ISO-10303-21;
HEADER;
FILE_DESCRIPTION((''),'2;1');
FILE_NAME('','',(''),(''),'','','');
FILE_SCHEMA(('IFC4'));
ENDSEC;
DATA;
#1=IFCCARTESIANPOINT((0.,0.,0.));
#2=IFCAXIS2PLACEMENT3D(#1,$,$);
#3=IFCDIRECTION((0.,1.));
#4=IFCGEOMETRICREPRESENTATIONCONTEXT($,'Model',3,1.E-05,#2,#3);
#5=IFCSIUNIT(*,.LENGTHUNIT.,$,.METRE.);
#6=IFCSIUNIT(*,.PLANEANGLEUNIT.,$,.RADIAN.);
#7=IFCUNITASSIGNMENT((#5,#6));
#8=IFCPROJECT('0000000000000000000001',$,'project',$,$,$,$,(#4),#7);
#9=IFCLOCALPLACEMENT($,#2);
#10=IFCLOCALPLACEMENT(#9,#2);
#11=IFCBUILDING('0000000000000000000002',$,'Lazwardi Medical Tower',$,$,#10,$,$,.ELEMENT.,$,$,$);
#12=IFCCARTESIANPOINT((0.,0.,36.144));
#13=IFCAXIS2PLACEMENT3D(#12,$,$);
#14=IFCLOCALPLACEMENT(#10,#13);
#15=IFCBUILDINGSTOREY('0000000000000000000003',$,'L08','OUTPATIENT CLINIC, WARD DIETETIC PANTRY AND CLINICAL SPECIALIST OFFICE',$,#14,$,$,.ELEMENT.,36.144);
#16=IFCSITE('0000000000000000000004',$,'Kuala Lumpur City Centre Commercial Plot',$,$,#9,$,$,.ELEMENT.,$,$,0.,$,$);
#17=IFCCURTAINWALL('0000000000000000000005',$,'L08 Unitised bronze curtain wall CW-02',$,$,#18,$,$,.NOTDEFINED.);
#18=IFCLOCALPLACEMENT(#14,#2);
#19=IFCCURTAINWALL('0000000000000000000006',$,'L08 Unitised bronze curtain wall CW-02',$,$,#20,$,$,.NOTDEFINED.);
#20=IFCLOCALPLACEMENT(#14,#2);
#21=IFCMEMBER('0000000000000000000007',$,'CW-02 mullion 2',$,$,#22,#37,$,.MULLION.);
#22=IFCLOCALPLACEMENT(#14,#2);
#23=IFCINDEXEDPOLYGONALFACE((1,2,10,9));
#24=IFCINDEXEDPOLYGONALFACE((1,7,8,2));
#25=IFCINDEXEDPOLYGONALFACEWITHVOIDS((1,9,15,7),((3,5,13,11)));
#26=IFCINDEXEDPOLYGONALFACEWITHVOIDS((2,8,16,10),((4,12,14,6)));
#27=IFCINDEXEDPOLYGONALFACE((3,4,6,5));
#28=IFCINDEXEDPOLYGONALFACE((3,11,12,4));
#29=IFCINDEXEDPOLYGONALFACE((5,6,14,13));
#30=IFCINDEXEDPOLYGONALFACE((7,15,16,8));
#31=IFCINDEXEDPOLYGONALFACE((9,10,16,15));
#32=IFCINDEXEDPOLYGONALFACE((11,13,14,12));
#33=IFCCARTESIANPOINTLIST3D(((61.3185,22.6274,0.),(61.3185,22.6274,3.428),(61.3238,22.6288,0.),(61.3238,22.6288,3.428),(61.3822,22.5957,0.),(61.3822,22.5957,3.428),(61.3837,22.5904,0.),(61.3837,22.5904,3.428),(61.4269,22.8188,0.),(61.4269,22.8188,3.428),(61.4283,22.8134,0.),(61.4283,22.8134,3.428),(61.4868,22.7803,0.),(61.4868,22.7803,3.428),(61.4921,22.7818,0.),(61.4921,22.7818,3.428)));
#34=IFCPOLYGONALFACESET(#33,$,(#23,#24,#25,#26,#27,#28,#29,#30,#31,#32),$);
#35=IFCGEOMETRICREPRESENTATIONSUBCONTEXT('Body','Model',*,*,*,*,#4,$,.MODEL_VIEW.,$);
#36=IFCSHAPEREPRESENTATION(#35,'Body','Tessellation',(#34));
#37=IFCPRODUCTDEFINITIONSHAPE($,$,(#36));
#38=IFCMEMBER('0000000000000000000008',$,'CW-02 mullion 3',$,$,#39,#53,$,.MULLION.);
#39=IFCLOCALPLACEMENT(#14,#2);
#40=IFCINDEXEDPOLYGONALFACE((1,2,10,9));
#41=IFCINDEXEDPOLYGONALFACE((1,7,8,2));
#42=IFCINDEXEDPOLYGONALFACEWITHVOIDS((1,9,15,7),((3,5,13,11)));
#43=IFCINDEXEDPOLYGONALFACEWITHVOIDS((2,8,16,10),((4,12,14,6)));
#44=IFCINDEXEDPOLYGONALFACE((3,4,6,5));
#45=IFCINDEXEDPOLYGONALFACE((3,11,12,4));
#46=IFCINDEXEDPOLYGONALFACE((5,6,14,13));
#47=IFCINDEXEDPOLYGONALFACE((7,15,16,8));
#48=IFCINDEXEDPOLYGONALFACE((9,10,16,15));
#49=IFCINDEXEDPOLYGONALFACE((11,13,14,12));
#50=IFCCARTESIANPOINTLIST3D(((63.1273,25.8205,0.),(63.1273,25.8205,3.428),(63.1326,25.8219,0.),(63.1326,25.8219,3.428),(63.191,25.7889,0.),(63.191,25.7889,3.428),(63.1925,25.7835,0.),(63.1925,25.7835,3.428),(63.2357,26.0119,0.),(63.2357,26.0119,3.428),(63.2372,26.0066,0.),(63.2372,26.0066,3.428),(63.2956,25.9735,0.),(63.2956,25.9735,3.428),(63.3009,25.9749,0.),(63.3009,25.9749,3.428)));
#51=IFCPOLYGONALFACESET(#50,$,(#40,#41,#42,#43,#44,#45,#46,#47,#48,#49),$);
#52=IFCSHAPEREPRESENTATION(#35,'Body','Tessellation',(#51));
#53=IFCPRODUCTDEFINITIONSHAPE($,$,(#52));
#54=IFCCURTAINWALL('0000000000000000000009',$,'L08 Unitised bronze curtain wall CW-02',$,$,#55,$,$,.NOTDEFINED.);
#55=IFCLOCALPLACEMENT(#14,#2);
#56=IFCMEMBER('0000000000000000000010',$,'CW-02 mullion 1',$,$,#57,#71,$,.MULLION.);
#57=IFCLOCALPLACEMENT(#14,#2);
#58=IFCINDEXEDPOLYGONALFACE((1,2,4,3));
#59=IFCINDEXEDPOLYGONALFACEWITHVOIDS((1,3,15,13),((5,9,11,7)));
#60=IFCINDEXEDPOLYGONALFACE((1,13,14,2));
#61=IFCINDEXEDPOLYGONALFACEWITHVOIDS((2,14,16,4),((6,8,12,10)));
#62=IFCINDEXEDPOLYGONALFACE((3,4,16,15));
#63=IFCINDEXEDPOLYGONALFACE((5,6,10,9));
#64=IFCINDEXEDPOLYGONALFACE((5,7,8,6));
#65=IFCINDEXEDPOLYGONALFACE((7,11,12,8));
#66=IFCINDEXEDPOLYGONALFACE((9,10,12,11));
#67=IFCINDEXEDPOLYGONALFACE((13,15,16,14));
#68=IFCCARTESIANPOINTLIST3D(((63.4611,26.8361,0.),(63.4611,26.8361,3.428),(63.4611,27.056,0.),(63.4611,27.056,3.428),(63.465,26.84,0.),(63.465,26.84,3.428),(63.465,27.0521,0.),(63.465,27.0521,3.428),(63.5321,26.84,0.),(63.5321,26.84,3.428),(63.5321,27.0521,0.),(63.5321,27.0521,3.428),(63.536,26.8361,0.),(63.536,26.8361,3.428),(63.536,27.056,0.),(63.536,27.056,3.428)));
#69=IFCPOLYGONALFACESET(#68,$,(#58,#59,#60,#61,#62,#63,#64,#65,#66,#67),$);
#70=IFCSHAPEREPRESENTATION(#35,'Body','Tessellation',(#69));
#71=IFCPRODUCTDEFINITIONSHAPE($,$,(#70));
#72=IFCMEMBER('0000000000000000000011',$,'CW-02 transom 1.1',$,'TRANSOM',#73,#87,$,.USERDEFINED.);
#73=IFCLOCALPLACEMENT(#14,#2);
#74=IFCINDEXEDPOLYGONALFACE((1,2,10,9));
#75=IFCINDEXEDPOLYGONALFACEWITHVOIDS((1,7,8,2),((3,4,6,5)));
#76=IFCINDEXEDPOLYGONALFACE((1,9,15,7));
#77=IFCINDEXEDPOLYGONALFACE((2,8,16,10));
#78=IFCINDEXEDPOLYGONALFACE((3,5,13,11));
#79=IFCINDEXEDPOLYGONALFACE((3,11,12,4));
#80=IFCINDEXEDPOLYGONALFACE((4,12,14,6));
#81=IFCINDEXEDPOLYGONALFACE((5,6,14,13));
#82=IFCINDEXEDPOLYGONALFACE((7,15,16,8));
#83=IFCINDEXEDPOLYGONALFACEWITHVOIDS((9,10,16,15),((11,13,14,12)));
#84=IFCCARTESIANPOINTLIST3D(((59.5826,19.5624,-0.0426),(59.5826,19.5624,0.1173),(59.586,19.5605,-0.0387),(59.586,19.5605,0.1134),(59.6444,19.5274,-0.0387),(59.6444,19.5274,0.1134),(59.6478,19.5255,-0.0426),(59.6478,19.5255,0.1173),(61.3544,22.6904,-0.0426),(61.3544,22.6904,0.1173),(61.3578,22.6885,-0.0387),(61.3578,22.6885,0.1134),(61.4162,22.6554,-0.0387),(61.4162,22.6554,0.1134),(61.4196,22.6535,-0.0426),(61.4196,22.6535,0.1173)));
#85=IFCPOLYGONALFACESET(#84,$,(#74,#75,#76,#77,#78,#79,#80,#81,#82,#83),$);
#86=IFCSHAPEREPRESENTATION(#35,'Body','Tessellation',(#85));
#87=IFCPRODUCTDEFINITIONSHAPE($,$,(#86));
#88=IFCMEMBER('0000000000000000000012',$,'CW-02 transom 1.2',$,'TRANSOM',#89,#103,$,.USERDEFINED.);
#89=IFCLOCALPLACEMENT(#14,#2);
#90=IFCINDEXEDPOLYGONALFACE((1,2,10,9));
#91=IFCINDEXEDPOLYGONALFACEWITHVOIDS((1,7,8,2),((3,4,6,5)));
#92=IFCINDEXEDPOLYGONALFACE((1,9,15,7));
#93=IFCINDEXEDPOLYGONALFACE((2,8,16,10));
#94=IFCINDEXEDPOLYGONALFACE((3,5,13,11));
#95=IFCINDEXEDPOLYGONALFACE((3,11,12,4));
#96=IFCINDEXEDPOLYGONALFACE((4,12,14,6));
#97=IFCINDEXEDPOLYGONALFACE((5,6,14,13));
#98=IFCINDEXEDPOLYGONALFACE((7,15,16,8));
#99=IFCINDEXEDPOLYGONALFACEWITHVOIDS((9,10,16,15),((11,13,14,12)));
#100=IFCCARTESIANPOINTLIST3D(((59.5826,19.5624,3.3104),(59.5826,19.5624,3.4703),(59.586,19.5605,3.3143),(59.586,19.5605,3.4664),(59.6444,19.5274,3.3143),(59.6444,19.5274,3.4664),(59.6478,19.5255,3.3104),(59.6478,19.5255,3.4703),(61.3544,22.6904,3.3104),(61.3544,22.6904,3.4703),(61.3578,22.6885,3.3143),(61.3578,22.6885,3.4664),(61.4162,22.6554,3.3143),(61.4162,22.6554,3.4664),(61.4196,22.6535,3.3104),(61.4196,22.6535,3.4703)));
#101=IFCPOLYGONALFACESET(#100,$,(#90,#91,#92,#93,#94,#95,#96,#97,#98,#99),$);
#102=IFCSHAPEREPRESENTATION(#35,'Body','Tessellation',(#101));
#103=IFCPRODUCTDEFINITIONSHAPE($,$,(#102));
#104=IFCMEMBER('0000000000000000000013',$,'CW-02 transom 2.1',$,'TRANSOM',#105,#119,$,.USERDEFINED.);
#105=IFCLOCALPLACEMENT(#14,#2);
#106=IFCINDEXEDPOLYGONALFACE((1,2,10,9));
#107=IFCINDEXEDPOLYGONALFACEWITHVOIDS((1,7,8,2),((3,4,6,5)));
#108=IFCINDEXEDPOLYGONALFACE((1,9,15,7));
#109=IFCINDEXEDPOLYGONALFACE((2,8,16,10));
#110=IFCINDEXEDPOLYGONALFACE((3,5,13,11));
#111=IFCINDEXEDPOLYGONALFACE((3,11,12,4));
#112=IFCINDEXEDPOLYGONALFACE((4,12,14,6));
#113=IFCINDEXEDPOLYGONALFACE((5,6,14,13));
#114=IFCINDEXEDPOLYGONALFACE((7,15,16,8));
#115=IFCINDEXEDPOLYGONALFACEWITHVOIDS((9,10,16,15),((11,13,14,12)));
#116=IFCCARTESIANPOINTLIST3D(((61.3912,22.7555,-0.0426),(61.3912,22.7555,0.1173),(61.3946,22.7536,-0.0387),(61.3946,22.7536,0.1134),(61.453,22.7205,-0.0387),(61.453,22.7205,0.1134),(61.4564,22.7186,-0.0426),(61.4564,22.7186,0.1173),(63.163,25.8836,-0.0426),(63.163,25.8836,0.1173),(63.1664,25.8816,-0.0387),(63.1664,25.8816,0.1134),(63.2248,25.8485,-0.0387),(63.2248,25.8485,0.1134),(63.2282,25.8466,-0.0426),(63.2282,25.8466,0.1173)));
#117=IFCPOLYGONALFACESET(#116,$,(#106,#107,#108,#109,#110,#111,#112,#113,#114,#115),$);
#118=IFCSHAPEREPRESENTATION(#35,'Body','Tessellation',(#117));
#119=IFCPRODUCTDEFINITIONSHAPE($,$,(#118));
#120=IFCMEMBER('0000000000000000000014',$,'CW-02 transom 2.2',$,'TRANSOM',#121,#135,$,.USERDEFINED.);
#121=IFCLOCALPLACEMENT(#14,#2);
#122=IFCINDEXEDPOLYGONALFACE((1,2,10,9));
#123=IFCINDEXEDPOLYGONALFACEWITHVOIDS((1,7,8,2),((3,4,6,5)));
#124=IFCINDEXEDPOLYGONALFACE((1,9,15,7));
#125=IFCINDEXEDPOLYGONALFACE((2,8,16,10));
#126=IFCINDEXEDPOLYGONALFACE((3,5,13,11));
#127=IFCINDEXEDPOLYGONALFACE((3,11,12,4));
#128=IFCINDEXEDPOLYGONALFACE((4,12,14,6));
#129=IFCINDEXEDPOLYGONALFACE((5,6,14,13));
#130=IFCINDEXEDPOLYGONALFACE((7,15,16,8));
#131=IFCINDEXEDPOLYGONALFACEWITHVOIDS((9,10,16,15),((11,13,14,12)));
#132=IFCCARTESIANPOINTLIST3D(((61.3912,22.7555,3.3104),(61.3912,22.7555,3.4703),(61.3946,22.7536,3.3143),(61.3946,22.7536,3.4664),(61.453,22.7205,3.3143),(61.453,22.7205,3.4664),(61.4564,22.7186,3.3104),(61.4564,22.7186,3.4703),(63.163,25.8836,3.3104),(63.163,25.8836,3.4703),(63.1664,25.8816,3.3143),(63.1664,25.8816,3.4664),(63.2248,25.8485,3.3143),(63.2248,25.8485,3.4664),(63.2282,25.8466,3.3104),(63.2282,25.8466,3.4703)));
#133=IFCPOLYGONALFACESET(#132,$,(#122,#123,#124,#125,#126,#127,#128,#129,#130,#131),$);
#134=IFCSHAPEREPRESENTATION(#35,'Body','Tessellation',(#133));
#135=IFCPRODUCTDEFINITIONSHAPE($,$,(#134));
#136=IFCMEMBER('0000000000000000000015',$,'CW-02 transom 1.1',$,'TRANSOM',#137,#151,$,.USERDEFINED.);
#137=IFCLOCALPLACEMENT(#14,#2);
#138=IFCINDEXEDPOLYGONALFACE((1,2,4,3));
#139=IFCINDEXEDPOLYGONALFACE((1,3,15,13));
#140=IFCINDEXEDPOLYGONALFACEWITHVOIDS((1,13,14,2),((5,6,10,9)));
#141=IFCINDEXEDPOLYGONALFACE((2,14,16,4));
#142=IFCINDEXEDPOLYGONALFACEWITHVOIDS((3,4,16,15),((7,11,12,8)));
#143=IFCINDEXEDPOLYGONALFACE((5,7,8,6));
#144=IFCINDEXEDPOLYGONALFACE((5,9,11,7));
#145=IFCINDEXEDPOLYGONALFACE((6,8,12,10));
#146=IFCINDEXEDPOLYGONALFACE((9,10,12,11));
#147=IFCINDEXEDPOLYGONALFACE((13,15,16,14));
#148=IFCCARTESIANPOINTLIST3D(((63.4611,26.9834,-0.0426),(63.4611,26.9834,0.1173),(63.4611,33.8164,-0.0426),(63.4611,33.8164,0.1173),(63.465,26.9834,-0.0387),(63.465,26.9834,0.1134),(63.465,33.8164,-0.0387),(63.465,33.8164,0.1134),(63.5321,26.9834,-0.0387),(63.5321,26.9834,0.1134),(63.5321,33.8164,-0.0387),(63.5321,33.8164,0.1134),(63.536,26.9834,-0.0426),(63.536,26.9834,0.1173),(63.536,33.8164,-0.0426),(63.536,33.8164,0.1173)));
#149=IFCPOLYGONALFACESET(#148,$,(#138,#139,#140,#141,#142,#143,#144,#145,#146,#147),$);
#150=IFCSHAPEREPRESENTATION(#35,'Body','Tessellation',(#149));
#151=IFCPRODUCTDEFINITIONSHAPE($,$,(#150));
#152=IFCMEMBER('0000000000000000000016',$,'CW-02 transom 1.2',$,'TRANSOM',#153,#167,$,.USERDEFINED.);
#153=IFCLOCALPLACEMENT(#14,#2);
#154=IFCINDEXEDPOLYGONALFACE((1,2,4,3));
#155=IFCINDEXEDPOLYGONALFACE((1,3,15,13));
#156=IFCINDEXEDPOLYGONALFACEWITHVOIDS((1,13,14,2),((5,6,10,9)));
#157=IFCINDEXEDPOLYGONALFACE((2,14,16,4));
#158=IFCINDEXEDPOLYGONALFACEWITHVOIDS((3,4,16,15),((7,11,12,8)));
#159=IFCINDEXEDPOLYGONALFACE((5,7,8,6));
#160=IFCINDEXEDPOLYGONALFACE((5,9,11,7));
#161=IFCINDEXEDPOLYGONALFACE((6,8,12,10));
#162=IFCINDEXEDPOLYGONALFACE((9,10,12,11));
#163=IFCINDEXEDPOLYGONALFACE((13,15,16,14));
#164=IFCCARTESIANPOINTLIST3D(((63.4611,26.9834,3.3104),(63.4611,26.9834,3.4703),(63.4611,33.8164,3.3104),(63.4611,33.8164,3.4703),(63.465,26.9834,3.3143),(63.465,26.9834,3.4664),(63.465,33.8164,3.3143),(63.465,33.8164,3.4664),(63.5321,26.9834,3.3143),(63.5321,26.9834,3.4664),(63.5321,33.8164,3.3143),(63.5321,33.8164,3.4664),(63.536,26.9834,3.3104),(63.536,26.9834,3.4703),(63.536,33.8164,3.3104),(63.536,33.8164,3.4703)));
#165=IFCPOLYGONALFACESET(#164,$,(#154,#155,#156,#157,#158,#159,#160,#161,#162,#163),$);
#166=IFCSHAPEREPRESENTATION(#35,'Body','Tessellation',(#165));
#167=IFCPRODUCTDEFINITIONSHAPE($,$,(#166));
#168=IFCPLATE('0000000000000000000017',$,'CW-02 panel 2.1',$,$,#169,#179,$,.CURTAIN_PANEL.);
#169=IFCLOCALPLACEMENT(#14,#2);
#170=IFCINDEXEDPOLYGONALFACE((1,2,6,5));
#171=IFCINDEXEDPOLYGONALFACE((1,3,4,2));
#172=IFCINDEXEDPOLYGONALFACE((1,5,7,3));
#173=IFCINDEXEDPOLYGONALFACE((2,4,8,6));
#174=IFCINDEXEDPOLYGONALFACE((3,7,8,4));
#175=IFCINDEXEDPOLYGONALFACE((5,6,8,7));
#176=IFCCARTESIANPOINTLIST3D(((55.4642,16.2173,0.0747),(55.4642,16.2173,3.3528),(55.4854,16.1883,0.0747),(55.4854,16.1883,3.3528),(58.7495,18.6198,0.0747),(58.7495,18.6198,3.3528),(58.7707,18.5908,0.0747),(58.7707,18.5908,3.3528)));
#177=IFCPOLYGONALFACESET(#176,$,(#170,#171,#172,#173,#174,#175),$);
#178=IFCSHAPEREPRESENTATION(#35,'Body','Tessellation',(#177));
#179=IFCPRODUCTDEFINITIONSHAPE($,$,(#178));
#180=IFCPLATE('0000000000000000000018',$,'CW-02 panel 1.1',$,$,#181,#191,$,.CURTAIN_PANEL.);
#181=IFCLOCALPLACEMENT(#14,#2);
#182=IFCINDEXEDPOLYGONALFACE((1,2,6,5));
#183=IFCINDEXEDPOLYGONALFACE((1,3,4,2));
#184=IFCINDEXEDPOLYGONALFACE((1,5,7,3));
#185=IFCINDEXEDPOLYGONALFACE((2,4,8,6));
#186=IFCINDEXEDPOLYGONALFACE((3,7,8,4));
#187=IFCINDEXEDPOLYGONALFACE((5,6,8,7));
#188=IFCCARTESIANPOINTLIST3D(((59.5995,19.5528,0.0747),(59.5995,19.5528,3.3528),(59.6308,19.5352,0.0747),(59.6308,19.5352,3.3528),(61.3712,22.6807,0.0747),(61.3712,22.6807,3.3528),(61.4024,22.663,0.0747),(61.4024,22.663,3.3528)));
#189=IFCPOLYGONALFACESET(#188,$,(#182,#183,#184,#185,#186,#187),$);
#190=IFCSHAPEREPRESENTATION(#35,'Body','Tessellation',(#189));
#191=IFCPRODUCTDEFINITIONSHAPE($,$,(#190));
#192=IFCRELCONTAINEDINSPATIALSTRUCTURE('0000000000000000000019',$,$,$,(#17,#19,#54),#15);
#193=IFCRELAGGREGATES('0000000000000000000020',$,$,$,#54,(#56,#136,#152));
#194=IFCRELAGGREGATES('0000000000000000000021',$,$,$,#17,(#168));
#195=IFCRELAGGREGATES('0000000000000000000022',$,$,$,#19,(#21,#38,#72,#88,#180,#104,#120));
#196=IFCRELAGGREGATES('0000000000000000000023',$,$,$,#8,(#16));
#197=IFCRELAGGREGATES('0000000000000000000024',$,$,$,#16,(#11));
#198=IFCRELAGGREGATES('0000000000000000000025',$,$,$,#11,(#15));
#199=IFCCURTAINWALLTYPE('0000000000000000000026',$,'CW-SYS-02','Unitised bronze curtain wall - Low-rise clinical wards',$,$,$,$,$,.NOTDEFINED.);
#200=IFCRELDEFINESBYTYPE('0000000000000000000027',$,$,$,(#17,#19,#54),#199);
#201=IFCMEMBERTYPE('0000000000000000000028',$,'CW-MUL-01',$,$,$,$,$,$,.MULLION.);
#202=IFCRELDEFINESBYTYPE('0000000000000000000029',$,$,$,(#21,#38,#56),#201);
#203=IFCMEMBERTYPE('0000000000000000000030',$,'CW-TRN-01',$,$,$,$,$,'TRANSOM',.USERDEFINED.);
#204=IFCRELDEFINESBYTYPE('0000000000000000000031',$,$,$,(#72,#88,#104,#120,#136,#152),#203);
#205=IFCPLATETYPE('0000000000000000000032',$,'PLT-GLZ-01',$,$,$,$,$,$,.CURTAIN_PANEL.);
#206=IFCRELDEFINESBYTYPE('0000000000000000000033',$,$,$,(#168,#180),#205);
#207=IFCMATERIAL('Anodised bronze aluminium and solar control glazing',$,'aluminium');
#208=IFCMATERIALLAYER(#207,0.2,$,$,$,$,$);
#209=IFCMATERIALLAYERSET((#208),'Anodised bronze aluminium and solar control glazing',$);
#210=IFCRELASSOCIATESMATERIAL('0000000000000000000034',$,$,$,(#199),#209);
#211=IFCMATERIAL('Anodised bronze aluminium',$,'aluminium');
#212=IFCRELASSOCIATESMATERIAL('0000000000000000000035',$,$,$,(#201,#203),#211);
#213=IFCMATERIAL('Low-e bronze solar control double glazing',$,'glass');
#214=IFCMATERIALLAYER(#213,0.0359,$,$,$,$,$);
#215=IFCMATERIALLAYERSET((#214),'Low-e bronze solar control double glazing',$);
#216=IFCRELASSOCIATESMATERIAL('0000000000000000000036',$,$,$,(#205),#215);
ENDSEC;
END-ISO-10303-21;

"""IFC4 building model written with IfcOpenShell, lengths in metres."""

from ifc_helpers import new_model, si_unit, direction, frame, origin, origin_2d, place, context, subcontext, project, spatial, rectangle, hollow_rectangle, extrude, material, layer, layer_set, material_profile, profile_set, type_object, element, aggregate, save


model = new_model("IFC4")

# Units and contexts
model_context = context("Model", 3, precision=1e-05, world=origin(), true_north=direction((0.0, 1.0)))
body_context = subcontext(model_context, "Body", "Model", "MODEL_VIEW")
ifc_project = project(units=[si_unit("LENGTHUNIT", "METRE"), si_unit("PLANEANGLEUNIT", "RADIAN")], contexts=[model_context])

# Site, building, storey
site_placement = place(None, origin())
site = spatial("IfcSite", under=ifc_project, at=site_placement, Name="Kuala Lumpur City Centre Commercial Plot", CompositionType="ELEMENT", RefElevation=0.0)
building_placement = place(site_placement, origin())
building = spatial("IfcBuilding", under=site, at=building_placement, Name="Lazwardi Medical Tower", CompositionType="ELEMENT")
storey_placement = place(building_placement, frame((0.0, 0.0, 36.144)))
storey = spatial("IfcBuildingStorey", under=building, at=storey_placement, Name="L08", Description="OUTPATIENT CLINIC, WARD DIETETIC PANTRY AND CLINICAL SPECIALIST OFFICE", CompositionType="ELEMENT", Elevation=36.144)

# Curtain wall
ifc_material_1 = material(Name="Anodised bronze aluminium and solar control glazing", Category="aluminium")
ifc_layer_1 = layer(ifc_material_1, 0.2)
ifc_layer_set_1 = layer_set([ifc_layer_1], Name="Anodised bronze aluminium and solar control glazing")
curtain_wall_type = type_object("IfcCurtainWallType", Name="CW-SYS-02", Description="Unitised bronze curtain wall - Low-rise clinical wards", PredefinedType="NOTDEFINED", material=ifc_layer_set_1)
curtain_wall_1_placement = place(storey_placement, origin())
curtain_wall_1 = element("IfcCurtainWall", 1, at=curtain_wall_1_placement, inside=storey, type_object=curtain_wall_type, Name="L08 Unitised bronze curtain wall CW-02", PredefinedType="NOTDEFINED")
ifc_material_2 = material(Name="Anodised bronze aluminium", Category="aluminium")
ifc_material_profile_1 = material_profile(ifc_material_2, hollow_rectangle(XDim=0.075, YDim=0.22, WallThickness=0.0039, at=origin_2d()), Name="ALU-MULLION 220x75x4")
ifc_profile_set_1 = profile_set([ifc_material_profile_1], Name="Anodised bronze aluminium")
member_type_1 = type_object("IfcMemberType", Name="CW-MUL-01", PredefinedType="MULLION", material=ifc_profile_set_1)

# Curtain wall, members
curtain_wall_2_placement = place(storey_placement, origin())
curtain_wall_2 = element("IfcCurtainWall", 2, at=curtain_wall_2_placement, inside=storey, type_object=curtain_wall_type, Name="L08 Unitised bronze curtain wall CW-02", PredefinedType="NOTDEFINED")
member_1_placement = place(storey_placement, frame((61.4053, 22.7046, 0.0), z_axis=(0.0, 0.0, 1.0), x_axis=(-0.870112, 0.492854, 0.0)))
member_1 = element("IfcMember", 3, at=member_1_placement, type_object=member_type_1, Name="CW-02 mullion 2", PredefinedType="MULLION", context=body_context, shape_type="SweptSolid", body=[
    extrude(hollow_rectangle(XDim=0.075, YDim=0.22, WallThickness=0.0039, at=origin_2d()), origin(), (0.0, 0.0, 1.0), 3.428),
])
member_2_placement = place(storey_placement, frame((63.2141, 25.8977, 0.0), z_axis=(0.0, 0.0, 1.0), x_axis=(-0.870112, 0.492854, 0.0)))
member_2 = element("IfcMember", 4, at=member_2_placement, type_object=member_type_1, Name="CW-02 mullion 3", PredefinedType="MULLION", context=body_context, shape_type="SweptSolid", body=[
    extrude(hollow_rectangle(XDim=0.075, YDim=0.22, WallThickness=0.0039, at=origin_2d()), origin(), (0.0, 0.0, 1.0), 3.428),
])

# Curtain wall, member
curtain_wall_3_placement = place(storey_placement, origin())
curtain_wall_3 = element("IfcCurtainWall", 5, at=curtain_wall_3_placement, inside=storey, type_object=curtain_wall_type, Name="L08 Unitised bronze curtain wall CW-02", PredefinedType="NOTDEFINED")
member_3_placement = place(storey_placement, frame((63.4985, 26.946, 0.0), z_axis=(0.0, 0.0, 1.0), x_axis=(-1.0, 0.0, 0.0)))
member_3 = element("IfcMember", 6, at=member_3_placement, type_object=member_type_1, Name="CW-02 mullion 1", PredefinedType="MULLION", context=body_context, shape_type="SweptSolid", body=[
    extrude(hollow_rectangle(XDim=0.075, YDim=0.22, WallThickness=0.0039, at=origin_2d()), origin(), (0.0, 0.0, 1.0), 3.428),
])

# Members
ifc_material_profile_2 = material_profile(ifc_material_2, hollow_rectangle(XDim=0.075, YDim=0.1599, WallThickness=0.0039, at=origin_2d()), Name="ALU-TRANSOM 160x75x4")
ifc_profile_set_2 = profile_set([ifc_material_profile_2], Name="Anodised bronze aluminium")
member_type_2 = type_object("IfcMemberType", Name="CW-TRN-01", ElementType="TRANSOM", PredefinedType="USERDEFINED", material=ifc_profile_set_2)
member_4_placement = place(storey_placement, frame((59.6152, 19.5439, 0.0374), z_axis=(0.492851, 0.870113, 0.0), x_axis=(-0.870113, 0.492851, 0.0)))
member_4 = element("IfcMember", 7, at=member_4_placement, type_object=member_type_2, Name="CW-02 transom 1.1", ObjectType="TRANSOM", PredefinedType="USERDEFINED", context=body_context, shape_type="SweptSolid", body=[
    extrude(hollow_rectangle(XDim=0.075, YDim=0.1599, WallThickness=0.0039, at=origin_2d()), origin(), (0.0, 0.0, 1.0), 3.595),
])
member_5_placement = place(storey_placement, frame((59.6152, 19.5439, 3.3904), z_axis=(0.492851, 0.870113, 0.0), x_axis=(-0.870113, 0.492851, 0.0)))
member_5 = element("IfcMember", 8, at=member_5_placement, type_object=member_type_2, Name="CW-02 transom 1.2", ObjectType="TRANSOM", PredefinedType="USERDEFINED", context=body_context, shape_type="SweptSolid", body=[
    extrude(hollow_rectangle(XDim=0.075, YDim=0.1599, WallThickness=0.0039, at=origin_2d()), origin(), (0.0, 0.0, 1.0), 3.595),
])
member_6_placement = place(storey_placement, frame((61.4238, 22.7371, 0.0374), z_axis=(0.492851, 0.870113, 0.0), x_axis=(-0.870113, 0.492851, 0.0)))
member_6 = element("IfcMember", 9, at=member_6_placement, type_object=member_type_2, Name="CW-02 transom 2.1", ObjectType="TRANSOM", PredefinedType="USERDEFINED", context=body_context, shape_type="SweptSolid", body=[
    extrude(hollow_rectangle(XDim=0.075, YDim=0.1599, WallThickness=0.0039, at=origin_2d()), origin(), (0.0, 0.0, 1.0), 3.595),
])
member_7_placement = place(storey_placement, frame((61.4238, 22.7371, 3.3904), z_axis=(0.492851, 0.870113, 0.0), x_axis=(-0.870113, 0.492851, 0.0)))
member_7 = element("IfcMember", 10, at=member_7_placement, type_object=member_type_2, Name="CW-02 transom 2.2", ObjectType="TRANSOM", PredefinedType="USERDEFINED", context=body_context, shape_type="SweptSolid", body=[
    extrude(hollow_rectangle(XDim=0.075, YDim=0.1599, WallThickness=0.0039, at=origin_2d()), origin(), (0.0, 0.0, 1.0), 3.595),
])
member_8_placement = place(storey_placement, frame((63.4985, 26.9834, 0.0374), z_axis=(0.0, 1.0, 0.0), x_axis=(-1.0, 0.0, 0.0)))
member_8 = element("IfcMember", 11, at=member_8_placement, type_object=member_type_2, Name="CW-02 transom 1.1", ObjectType="TRANSOM", PredefinedType="USERDEFINED", context=body_context, shape_type="SweptSolid", body=[
    extrude(hollow_rectangle(XDim=0.075, YDim=0.1599, WallThickness=0.0039, at=origin_2d()), origin(), (0.0, 0.0, 1.0), 6.833),
])
member_9_placement = place(storey_placement, frame((63.4985, 26.9834, 3.3904), z_axis=(0.0, 1.0, 0.0), x_axis=(-1.0, 0.0, 0.0)))
member_9 = element("IfcMember", 12, at=member_9_placement, type_object=member_type_2, Name="CW-02 transom 1.2", ObjectType="TRANSOM", PredefinedType="USERDEFINED", context=body_context, shape_type="SweptSolid", body=[
    extrude(hollow_rectangle(XDim=0.075, YDim=0.1599, WallThickness=0.0039, at=origin_2d()), origin(), (0.0, 0.0, 1.0), 6.833),
])
aggregate(curtain_wall_3, [member_3, member_8, member_9])

# Plates
ifc_material_3 = material(Name="Low-e bronze solar control double glazing", Category="glass")
ifc_layer_2 = layer(ifc_material_3, 0.0359)
ifc_layer_set_2 = layer_set([ifc_layer_2], Name="Low-e bronze solar control double glazing")
plate_type = type_object("IfcPlateType", Name="PLT-GLZ-01", PredefinedType="CURTAIN_PANEL", material=ifc_layer_set_2)
plate_1_placement = place(storey_placement, frame((57.1174, 17.4041, 0.0747), z_axis=(0.0, 0.0, 1.0), x_axis=(0.807192, 0.590289, 0.0)))
plate_1 = element("IfcPlate", 13, at=plate_1_placement, type_object=plate_type, Name="CW-02 panel 2.1", PredefinedType="CURTAIN_PANEL", context=body_context, shape_type="SweptSolid", body=[
    extrude(rectangle(XDim=4.0701, YDim=0.0359, at=origin_2d()), origin(), (0.0, 0.0, 1.0), 3.2781),
])
aggregate(curtain_wall_1, [plate_1])
plate_2_placement = place(storey_placement, frame((60.501, 21.1079, 0.0747), z_axis=(0.0, 0.0, 1.0), x_axis=(0.492854, 0.870112, 0.0)))
plate_2 = element("IfcPlate", 14, at=plate_2_placement, type_object=plate_type, Name="CW-02 panel 1.1", PredefinedType="CURTAIN_PANEL", context=body_context, shape_type="SweptSolid", body=[
    extrude(rectangle(XDim=3.5947, YDim=0.0359, at=origin_2d()), origin(), (0.0, 0.0, 1.0), 3.2781),
])
aggregate(curtain_wall_2, [member_1, member_2, member_4, member_5, plate_2, member_6, member_7])

save(model, "model.ifc")
